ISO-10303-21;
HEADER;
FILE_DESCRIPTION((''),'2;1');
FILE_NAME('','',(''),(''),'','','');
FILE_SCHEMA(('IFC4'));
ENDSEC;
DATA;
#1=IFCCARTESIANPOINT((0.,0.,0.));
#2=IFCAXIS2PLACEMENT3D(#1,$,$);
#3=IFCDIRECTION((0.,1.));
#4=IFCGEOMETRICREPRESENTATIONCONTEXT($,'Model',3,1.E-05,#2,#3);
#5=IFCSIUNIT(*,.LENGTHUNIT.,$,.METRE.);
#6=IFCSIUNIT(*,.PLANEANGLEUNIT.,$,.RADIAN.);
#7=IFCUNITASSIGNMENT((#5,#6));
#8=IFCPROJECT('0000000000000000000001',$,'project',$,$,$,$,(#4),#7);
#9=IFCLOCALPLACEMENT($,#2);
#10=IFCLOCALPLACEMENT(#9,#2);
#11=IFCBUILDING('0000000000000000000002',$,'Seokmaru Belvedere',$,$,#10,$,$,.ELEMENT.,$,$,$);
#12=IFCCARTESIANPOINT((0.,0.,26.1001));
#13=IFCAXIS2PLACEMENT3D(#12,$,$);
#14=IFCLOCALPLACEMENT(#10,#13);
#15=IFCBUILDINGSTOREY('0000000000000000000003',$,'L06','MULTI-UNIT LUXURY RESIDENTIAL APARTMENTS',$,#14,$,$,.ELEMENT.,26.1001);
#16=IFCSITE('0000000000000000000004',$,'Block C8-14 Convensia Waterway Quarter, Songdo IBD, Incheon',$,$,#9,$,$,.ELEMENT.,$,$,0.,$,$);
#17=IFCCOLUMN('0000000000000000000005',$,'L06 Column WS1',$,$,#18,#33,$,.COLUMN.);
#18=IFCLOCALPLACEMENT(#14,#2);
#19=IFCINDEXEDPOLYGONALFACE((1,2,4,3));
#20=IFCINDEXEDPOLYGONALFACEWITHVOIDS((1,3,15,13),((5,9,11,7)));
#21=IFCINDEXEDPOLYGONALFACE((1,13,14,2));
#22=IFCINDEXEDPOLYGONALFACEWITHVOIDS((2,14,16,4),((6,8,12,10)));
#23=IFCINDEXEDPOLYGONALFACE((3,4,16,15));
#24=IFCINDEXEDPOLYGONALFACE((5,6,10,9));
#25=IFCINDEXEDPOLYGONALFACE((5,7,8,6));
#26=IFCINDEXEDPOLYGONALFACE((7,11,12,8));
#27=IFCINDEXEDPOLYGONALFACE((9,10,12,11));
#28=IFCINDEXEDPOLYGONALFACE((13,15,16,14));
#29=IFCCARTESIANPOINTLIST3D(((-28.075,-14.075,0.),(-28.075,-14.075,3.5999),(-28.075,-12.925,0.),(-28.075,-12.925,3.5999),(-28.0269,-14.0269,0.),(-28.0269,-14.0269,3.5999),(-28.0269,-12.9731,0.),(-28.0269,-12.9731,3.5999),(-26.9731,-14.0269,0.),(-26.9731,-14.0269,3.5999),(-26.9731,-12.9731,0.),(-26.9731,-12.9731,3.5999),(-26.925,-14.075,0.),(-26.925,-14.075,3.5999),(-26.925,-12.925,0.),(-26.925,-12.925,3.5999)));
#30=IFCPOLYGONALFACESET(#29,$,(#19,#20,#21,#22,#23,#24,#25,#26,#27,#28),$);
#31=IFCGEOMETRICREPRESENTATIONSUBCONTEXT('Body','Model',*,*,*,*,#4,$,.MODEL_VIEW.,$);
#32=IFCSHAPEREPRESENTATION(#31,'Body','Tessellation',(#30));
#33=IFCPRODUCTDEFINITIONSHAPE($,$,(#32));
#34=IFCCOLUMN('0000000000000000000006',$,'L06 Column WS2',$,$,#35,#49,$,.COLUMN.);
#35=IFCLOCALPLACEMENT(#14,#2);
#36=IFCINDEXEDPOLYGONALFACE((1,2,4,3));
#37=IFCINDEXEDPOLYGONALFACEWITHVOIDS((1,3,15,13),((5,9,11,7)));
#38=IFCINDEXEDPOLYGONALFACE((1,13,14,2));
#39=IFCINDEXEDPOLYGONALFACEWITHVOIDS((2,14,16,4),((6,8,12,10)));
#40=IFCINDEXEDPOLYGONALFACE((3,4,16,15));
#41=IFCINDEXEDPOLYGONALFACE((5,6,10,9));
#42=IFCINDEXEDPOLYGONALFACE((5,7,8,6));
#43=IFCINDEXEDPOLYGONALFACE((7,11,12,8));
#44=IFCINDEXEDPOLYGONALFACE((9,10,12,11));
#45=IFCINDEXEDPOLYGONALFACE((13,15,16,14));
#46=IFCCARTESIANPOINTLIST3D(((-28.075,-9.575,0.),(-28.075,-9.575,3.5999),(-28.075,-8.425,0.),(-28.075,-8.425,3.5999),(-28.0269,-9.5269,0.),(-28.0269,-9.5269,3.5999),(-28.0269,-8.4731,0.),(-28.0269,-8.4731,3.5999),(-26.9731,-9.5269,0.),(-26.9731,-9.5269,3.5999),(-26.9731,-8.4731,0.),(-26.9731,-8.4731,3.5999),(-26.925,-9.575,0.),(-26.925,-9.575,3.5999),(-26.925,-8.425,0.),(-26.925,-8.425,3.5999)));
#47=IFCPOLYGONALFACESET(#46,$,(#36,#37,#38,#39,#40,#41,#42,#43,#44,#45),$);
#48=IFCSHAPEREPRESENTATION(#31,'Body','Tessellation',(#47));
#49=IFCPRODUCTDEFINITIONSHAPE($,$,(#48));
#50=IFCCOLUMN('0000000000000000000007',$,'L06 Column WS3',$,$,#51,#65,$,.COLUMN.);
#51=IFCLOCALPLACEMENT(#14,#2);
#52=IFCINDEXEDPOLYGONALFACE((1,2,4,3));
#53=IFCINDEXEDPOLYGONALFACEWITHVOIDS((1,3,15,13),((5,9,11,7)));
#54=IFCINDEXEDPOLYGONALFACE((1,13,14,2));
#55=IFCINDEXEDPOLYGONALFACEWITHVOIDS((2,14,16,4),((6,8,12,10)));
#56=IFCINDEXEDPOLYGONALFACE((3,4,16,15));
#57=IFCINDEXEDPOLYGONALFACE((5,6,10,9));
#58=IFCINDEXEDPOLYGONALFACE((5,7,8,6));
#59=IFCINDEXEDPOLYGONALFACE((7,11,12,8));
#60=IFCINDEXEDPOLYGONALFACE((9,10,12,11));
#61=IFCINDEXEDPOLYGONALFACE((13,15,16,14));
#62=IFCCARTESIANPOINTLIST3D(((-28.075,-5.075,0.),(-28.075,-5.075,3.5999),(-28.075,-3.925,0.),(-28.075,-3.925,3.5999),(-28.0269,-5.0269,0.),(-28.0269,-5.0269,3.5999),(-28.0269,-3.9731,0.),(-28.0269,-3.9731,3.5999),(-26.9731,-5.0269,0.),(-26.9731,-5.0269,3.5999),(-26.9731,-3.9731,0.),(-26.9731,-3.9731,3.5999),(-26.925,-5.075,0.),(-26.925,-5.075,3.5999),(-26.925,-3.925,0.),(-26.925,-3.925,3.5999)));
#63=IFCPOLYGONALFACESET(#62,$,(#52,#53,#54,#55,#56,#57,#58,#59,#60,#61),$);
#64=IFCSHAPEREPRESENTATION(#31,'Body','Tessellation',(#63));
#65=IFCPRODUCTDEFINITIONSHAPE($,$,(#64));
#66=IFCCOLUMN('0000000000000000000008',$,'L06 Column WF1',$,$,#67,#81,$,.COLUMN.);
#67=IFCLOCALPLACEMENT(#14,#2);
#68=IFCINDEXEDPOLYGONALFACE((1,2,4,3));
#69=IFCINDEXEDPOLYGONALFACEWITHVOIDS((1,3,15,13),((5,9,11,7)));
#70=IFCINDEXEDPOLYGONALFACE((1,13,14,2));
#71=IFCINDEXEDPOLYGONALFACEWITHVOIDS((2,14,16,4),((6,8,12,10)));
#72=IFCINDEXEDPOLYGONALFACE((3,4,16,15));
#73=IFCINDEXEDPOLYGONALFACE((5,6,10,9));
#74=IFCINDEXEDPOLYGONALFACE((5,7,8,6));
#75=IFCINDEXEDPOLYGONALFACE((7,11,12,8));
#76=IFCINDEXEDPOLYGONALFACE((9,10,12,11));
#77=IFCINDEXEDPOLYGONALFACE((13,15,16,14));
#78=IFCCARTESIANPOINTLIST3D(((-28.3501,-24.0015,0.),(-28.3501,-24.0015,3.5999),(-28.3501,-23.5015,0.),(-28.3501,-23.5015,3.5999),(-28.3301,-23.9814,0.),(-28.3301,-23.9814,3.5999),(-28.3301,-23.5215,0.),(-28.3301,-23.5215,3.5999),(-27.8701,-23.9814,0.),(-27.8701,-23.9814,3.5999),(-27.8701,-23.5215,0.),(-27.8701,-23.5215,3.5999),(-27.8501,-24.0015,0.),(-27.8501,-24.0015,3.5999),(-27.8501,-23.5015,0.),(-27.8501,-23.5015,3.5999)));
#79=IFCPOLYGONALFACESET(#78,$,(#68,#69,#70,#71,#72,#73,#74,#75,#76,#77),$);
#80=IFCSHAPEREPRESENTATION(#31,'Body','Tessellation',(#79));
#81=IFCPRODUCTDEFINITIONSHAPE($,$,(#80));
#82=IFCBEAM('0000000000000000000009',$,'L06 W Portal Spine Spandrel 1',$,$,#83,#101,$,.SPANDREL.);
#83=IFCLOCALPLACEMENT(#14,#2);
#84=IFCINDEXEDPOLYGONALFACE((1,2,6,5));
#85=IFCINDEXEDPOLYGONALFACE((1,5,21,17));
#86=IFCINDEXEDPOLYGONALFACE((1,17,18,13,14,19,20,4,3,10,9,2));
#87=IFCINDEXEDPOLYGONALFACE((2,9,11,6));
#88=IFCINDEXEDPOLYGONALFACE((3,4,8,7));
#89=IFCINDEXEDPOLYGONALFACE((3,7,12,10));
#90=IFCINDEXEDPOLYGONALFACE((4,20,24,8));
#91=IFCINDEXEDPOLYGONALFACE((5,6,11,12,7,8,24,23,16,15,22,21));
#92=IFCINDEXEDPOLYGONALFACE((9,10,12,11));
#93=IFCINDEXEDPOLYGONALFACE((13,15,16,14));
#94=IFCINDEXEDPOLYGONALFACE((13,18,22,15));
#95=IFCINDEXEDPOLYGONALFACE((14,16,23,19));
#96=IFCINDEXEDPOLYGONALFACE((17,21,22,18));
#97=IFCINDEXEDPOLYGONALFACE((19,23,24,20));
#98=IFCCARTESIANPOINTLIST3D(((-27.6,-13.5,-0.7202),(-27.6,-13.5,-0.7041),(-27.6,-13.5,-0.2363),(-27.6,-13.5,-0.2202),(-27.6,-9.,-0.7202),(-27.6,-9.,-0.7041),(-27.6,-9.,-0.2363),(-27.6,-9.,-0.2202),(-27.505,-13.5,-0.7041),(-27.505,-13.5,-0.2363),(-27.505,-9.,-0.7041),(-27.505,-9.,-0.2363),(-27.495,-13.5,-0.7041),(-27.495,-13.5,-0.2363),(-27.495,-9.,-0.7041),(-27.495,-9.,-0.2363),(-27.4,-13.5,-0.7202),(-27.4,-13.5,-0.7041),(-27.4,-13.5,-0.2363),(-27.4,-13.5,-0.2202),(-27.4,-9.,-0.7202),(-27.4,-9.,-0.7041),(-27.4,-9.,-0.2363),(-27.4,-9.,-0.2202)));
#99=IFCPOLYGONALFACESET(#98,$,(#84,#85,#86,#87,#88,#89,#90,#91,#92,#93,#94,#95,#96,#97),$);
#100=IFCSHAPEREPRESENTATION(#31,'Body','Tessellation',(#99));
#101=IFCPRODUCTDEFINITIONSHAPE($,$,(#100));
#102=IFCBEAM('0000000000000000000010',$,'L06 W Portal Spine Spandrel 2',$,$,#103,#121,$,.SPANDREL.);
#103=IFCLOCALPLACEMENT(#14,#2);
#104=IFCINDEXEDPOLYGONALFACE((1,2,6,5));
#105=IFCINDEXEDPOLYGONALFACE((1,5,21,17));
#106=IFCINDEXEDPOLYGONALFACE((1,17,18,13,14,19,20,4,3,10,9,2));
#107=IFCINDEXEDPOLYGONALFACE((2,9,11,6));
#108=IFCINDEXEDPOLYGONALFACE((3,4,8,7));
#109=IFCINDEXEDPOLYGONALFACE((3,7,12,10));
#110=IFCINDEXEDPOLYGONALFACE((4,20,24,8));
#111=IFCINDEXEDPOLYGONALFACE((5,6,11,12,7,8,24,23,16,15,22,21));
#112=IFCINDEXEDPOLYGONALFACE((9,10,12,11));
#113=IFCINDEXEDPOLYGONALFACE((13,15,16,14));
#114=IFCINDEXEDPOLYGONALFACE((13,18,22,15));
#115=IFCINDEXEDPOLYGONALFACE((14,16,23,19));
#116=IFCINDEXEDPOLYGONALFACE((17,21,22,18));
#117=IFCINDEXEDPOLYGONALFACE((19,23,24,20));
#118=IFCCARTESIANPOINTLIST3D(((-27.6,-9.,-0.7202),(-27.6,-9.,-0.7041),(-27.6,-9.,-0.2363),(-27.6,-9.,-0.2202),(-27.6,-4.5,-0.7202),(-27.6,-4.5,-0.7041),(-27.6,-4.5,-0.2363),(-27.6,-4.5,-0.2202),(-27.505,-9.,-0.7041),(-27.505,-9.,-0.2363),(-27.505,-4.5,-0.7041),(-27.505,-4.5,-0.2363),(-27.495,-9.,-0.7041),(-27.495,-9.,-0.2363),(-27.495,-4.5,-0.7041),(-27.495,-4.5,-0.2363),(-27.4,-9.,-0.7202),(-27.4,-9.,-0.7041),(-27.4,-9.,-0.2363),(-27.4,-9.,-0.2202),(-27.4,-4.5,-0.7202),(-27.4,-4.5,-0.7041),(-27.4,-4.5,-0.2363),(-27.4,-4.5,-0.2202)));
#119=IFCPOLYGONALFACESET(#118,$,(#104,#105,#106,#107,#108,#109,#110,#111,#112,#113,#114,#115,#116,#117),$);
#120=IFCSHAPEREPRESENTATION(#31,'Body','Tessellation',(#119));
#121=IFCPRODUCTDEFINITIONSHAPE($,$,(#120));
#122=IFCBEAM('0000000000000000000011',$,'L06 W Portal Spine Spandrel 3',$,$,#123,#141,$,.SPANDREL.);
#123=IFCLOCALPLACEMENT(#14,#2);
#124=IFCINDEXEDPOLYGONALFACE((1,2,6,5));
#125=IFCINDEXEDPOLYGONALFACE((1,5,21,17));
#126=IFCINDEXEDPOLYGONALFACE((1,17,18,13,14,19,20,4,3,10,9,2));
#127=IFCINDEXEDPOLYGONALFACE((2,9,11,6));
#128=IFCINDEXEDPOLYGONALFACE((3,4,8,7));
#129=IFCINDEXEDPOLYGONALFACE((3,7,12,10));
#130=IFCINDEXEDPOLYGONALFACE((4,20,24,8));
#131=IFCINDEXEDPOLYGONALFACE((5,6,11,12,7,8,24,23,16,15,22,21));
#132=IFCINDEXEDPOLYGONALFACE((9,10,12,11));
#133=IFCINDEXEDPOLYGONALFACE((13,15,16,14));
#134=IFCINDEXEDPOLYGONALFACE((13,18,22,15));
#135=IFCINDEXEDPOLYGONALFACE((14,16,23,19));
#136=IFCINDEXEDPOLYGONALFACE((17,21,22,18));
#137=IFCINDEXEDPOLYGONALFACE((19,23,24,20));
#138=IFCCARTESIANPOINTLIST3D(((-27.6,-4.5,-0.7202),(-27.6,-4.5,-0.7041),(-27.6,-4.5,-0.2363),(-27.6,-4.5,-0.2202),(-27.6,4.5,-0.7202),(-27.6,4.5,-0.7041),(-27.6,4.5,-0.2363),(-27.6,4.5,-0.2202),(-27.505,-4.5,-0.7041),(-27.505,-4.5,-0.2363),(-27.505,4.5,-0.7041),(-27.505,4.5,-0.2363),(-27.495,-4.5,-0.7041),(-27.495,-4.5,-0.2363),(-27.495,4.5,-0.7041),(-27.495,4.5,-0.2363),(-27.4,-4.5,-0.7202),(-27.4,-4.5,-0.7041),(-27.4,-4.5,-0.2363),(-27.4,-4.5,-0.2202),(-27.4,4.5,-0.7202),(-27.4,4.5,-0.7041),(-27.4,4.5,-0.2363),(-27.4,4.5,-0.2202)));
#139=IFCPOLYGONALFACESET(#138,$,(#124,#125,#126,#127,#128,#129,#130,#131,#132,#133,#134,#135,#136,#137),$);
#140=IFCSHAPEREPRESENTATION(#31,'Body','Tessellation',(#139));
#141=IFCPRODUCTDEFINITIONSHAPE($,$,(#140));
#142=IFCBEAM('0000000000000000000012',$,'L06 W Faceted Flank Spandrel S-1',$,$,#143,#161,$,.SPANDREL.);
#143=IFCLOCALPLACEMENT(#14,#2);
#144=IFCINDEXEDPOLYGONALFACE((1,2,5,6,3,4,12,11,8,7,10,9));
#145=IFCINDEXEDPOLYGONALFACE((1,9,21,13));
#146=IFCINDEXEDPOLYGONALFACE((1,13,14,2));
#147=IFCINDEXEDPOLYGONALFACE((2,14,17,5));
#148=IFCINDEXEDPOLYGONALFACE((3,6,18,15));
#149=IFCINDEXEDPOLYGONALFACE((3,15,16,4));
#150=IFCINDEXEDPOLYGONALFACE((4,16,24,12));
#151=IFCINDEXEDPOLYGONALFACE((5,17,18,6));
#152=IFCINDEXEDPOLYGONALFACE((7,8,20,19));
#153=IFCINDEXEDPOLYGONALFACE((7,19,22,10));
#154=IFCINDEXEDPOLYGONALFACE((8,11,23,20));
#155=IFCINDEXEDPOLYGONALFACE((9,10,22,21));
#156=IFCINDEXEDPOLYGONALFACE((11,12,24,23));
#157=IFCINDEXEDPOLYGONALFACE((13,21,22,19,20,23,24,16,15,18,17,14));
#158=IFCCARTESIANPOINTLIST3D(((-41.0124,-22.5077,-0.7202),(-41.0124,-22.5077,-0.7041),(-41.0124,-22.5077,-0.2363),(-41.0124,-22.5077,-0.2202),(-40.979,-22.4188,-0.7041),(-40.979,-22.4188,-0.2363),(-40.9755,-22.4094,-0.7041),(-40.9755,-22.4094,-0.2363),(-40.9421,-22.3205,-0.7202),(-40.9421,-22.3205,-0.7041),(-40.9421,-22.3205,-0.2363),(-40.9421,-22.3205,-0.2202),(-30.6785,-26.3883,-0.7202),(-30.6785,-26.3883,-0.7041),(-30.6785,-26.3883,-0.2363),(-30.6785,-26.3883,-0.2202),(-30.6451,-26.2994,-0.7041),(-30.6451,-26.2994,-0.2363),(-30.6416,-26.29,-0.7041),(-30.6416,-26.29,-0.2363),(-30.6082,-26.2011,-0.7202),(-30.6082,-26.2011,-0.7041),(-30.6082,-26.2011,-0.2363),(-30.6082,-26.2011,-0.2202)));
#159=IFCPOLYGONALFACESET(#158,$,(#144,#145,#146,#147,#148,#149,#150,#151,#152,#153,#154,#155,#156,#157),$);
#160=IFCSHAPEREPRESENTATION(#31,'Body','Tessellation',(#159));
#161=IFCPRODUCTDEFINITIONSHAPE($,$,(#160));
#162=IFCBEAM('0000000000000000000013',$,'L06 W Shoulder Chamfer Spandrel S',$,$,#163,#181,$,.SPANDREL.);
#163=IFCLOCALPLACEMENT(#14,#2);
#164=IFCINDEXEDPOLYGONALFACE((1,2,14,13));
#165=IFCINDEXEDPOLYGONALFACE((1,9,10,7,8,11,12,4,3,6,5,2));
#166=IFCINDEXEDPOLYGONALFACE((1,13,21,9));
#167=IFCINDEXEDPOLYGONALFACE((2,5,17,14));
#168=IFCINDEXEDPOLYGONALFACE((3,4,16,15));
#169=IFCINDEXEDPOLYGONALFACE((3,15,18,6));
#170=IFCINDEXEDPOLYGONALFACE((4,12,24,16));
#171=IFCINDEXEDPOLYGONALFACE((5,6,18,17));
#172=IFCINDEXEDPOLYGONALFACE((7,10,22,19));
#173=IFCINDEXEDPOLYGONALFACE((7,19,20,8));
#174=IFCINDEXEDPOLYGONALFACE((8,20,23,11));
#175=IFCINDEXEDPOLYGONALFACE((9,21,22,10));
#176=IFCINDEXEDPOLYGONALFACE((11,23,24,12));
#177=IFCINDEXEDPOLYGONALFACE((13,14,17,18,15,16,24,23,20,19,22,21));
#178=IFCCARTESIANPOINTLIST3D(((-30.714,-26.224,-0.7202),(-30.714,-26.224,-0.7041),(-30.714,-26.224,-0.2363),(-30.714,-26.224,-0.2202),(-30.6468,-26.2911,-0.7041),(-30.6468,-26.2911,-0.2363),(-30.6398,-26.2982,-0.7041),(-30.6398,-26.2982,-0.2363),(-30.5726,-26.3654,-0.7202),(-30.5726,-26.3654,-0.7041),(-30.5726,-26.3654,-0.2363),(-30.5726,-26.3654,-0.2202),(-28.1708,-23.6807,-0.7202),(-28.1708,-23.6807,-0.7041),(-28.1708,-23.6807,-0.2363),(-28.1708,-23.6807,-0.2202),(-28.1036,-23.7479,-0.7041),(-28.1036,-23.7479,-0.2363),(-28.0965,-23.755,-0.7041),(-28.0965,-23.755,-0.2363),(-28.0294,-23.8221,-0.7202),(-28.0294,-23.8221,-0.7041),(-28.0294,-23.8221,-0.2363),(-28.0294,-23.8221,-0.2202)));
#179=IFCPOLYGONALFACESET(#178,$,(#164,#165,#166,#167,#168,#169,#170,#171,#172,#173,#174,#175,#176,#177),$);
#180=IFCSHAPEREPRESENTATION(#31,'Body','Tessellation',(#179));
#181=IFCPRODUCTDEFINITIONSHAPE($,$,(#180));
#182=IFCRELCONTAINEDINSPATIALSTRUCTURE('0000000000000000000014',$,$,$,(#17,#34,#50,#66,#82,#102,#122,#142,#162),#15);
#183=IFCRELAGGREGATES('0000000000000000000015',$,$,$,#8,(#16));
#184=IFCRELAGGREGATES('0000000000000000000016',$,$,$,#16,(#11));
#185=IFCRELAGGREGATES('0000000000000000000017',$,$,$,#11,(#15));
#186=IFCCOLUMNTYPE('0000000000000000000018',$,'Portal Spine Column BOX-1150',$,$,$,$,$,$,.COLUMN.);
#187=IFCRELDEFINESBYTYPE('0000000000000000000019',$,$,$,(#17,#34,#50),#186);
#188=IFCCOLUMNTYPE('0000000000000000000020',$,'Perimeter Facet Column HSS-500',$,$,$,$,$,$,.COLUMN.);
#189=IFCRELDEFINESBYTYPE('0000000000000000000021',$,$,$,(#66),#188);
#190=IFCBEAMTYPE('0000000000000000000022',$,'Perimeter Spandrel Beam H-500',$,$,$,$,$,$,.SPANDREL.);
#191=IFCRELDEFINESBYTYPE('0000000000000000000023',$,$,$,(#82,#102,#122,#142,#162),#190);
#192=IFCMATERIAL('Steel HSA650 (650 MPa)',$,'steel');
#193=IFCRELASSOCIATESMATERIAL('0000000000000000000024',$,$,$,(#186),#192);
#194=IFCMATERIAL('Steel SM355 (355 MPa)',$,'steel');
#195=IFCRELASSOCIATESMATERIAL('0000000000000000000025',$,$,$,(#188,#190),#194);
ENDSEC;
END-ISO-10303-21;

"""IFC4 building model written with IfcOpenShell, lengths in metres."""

from ifc_helpers import new_model, si_unit, direction, frame, origin, origin_2d, place, context, subcontext, project, spatial, hollow_rectangle, i_section, extrude, source, transform, mapped, material, material_profile, profile_set, type_object, type_shapes, element, save


model = new_model("IFC4")

# Units and contexts
model_context = context("Model", 3, precision=1e-05, world=origin(), true_north=direction((0.0, 1.0)))
body_context = subcontext(model_context, "Body", "Model", "MODEL_VIEW")
ifc_project = project(units=[si_unit("LENGTHUNIT", "METRE"), si_unit("PLANEANGLEUNIT", "RADIAN")], contexts=[model_context])

# Site, building, storey
site_placement = place(None, origin())
site = spatial("IfcSite", under=ifc_project, at=site_placement, Name="Block C8-14 Convensia Waterway Quarter, Songdo IBD, Incheon", CompositionType="ELEMENT", RefElevation=0.0)
building_placement = place(site_placement, origin())
building = spatial("IfcBuilding", under=site, at=building_placement, Name="Seokmaru Belvedere", CompositionType="ELEMENT")
storey_placement = place(building_placement, frame((0.0, 0.0, 26.1001)))
storey = spatial("IfcBuildingStorey", under=building, at=storey_placement, Name="L06", Description="MULTI-UNIT LUXURY RESIDENTIAL APARTMENTS", CompositionType="ELEMENT", Elevation=26.1001)

# Columns
ifc_material_1 = material(Name="Steel HSA650 (650 MPa)", Category="steel")
ifc_material_profile_1 = material_profile(ifc_material_1, hollow_rectangle(XDim=1.1499, YDim=1.1499, WallThickness=0.0481, at=origin_2d()), Name="BOX-1150x1150x48")
ifc_profile_set_1 = profile_set([ifc_material_profile_1], Name="Steel HSA650 (650 MPa)")
column_type_1 = type_object("IfcColumnType", Name="Portal Spine Column BOX-1150", PredefinedType="COLUMN", material=ifc_profile_set_1)
shared_shape_1 = source(origin(), body_context, "Body", "SweptSolid", [
    extrude(hollow_rectangle(XDim=1.1499, YDim=1.1499, WallThickness=0.0481, at=origin_2d()), origin(), (0.0, 0.0, 1.0), 3.5999),
])
type_shapes(column_type_1, [shared_shape_1])
for number, where, z_axis, x_axis, name in (
    (1, (-27.5, -13.5, 0.0), (0.0, 0.0, 1.0), (1.0, 0.0, 0.0), "L06 Column WS1"),
    (2, (-27.5, -9.0, 0.0), (0.0, 0.0, 1.0), (1.0, 0.0, 0.0), "L06 Column WS2"),
    (3, (-27.5, -4.5, 0.0), (0.0, 0.0, 1.0), (1.0, 0.0, 0.0), "L06 Column WS3"),
):
    element("IfcColumn", number, at=place(storey_placement, frame(where, z_axis=z_axis, x_axis=x_axis)), inside=storey, type_object=column_type_1, Name=name, PredefinedType="COLUMN", context=body_context, shape_type="MappedRepresentation", body=[
        mapped(shared_shape_1, transform((0.0, 0.0, 0.0), scale=1.0)),
    ])
ifc_material_2 = material(Name="Steel SM355 (355 MPa)", Category="steel")
ifc_material_profile_2 = material_profile(ifc_material_2, hollow_rectangle(XDim=0.5, YDim=0.5, WallThickness=0.02, at=origin_2d()), Name="HSS-500x500x20")
ifc_profile_set_2 = profile_set([ifc_material_profile_2], Name="Steel SM355 (355 MPa)")
column_type_2 = type_object("IfcColumnType", Name="Perimeter Facet Column HSS-500", PredefinedType="COLUMN", material=ifc_profile_set_2)
shared_shape_2 = source(origin(), body_context, "Body", "SweptSolid", [
    extrude(hollow_rectangle(XDim=0.5, YDim=0.5, WallThickness=0.02, at=origin_2d()), origin(), (0.0, 0.0, 1.0), 3.5999),
])
type_shapes(column_type_2, [shared_shape_2])
column_placement = place(storey_placement, frame((-28.1001, -23.7515, 0.0), z_axis=(0.0, 0.0, 1.0), x_axis=(1.0, 0.0, 0.0)))
element("IfcColumn", 4, at=column_placement, inside=storey, type_object=column_type_2, Name="L06 Column WF1", PredefinedType="COLUMN", context=body_context, shape_type="MappedRepresentation", body=[
    mapped(shared_shape_2, transform((0.0, 0.0, 0.0), scale=1.0)),
])

# Beams
ifc_material_profile_3 = material_profile(ifc_material_2, i_section(OverallWidth=0.2, OverallDepth=0.5, WebThickness=0.01, FlangeThickness=0.0161, at=origin_2d()), Name="H-500x200x10x16")
ifc_profile_set_3 = profile_set([ifc_material_profile_3], Name="Steel SM355 (355 MPa)")
beam_type = type_object("IfcBeamType", Name="Perimeter Spandrel Beam H-500", PredefinedType="SPANDREL", material=ifc_profile_set_3)
shared_shape_3 = source(origin(), body_context, "Body", "SweptSolid", [
    extrude(i_section(OverallWidth=0.2, OverallDepth=0.5, WebThickness=0.01, FlangeThickness=0.0161, at=origin_2d()), origin(), (0.0, 0.0, 1.0), 4.5),
])
for number, where, z_axis, x_axis, name in (
    (5, (-27.5, -13.5, -0.4702), (0.0, 1.0, 0.0), (-1.0, 0.0, 0.0), "L06 W Portal Spine Spandrel 1"),
    (6, (-27.5, -9.0, -0.4702), (0.0, 1.0, 0.0), (-1.0, 0.0, 0.0), "L06 W Portal Spine Spandrel 2"),
):
    element("IfcBeam", number, at=place(storey_placement, frame(where, z_axis=z_axis, x_axis=x_axis)), inside=storey, type_object=beam_type, Name=name, PredefinedType="SPANDREL", context=body_context, shape_type="MappedRepresentation", body=[
        mapped(shared_shape_3, transform((0.0, 0.0, 0.0), scale=1.0)),
    ])
shared_shape_4 = source(origin(), body_context, "Body", "SweptSolid", [
    extrude(i_section(OverallWidth=0.2, OverallDepth=0.5, WebThickness=0.01, FlangeThickness=0.0161, at=origin_2d()), origin(), (0.0, 0.0, 1.0), 9.0),
])
beam_1_placement = place(storey_placement, frame((-27.5, -4.5, -0.4702), z_axis=(0.0, 1.0, 0.0), x_axis=(-1.0, 0.0, 0.0)))
element("IfcBeam", 7, at=beam_1_placement, inside=storey, type_object=beam_type, Name="L06 W Portal Spine Spandrel 3", PredefinedType="SPANDREL", context=body_context, shape_type="MappedRepresentation", body=[
    mapped(shared_shape_4, transform((0.0, 0.0, 0.0), scale=1.0)),
])
shared_shape_5 = source(origin(), body_context, "Body", "SweptSolid", [
    extrude(i_section(OverallWidth=0.2, OverallDepth=0.5, WebThickness=0.01, FlangeThickness=0.0161, at=origin_2d()), origin(), (0.0, 0.0, 1.0), 11.0386),
])
beam_2_placement = place(storey_placement, frame((-30.6433, -26.2947, -0.4702), z_axis=(-0.936169, 0.35155, 0.0), x_axis=(-0.35155, -0.936169, 0.0)))
element("IfcBeam", 8, at=beam_2_placement, inside=storey, type_object=beam_type, Name="L06 W Faceted Flank Spandrel S-1", PredefinedType="SPANDREL", context=body_context, shape_type="MappedRepresentation", body=[
    mapped(shared_shape_5, transform((0.0, 0.0, 0.0), scale=1.0)),
])
shared_shape_6 = source(origin(), body_context, "Body", "SweptSolid", [
    extrude(i_section(OverallWidth=0.2, OverallDepth=0.5, WebThickness=0.01, FlangeThickness=0.0161, at=origin_2d()), origin(), (0.0, 0.0, 1.0), 3.5967),
])
beam_3_placement = place(storey_placement, frame((-30.6433, -26.2947, -0.4702), z_axis=(0.707107, 0.707107, 0.0), x_axis=(-0.707107, 0.707107, 0.0)))
element("IfcBeam", 9, at=beam_3_placement, inside=storey, type_object=beam_type, Name="L06 W Shoulder Chamfer Spandrel S", PredefinedType="SPANDREL", context=body_context, shape_type="MappedRepresentation", body=[
    mapped(shared_shape_6, transform((0.0, 0.0, 0.0), scale=1.0)),
])

save(model, "model.ifc")
